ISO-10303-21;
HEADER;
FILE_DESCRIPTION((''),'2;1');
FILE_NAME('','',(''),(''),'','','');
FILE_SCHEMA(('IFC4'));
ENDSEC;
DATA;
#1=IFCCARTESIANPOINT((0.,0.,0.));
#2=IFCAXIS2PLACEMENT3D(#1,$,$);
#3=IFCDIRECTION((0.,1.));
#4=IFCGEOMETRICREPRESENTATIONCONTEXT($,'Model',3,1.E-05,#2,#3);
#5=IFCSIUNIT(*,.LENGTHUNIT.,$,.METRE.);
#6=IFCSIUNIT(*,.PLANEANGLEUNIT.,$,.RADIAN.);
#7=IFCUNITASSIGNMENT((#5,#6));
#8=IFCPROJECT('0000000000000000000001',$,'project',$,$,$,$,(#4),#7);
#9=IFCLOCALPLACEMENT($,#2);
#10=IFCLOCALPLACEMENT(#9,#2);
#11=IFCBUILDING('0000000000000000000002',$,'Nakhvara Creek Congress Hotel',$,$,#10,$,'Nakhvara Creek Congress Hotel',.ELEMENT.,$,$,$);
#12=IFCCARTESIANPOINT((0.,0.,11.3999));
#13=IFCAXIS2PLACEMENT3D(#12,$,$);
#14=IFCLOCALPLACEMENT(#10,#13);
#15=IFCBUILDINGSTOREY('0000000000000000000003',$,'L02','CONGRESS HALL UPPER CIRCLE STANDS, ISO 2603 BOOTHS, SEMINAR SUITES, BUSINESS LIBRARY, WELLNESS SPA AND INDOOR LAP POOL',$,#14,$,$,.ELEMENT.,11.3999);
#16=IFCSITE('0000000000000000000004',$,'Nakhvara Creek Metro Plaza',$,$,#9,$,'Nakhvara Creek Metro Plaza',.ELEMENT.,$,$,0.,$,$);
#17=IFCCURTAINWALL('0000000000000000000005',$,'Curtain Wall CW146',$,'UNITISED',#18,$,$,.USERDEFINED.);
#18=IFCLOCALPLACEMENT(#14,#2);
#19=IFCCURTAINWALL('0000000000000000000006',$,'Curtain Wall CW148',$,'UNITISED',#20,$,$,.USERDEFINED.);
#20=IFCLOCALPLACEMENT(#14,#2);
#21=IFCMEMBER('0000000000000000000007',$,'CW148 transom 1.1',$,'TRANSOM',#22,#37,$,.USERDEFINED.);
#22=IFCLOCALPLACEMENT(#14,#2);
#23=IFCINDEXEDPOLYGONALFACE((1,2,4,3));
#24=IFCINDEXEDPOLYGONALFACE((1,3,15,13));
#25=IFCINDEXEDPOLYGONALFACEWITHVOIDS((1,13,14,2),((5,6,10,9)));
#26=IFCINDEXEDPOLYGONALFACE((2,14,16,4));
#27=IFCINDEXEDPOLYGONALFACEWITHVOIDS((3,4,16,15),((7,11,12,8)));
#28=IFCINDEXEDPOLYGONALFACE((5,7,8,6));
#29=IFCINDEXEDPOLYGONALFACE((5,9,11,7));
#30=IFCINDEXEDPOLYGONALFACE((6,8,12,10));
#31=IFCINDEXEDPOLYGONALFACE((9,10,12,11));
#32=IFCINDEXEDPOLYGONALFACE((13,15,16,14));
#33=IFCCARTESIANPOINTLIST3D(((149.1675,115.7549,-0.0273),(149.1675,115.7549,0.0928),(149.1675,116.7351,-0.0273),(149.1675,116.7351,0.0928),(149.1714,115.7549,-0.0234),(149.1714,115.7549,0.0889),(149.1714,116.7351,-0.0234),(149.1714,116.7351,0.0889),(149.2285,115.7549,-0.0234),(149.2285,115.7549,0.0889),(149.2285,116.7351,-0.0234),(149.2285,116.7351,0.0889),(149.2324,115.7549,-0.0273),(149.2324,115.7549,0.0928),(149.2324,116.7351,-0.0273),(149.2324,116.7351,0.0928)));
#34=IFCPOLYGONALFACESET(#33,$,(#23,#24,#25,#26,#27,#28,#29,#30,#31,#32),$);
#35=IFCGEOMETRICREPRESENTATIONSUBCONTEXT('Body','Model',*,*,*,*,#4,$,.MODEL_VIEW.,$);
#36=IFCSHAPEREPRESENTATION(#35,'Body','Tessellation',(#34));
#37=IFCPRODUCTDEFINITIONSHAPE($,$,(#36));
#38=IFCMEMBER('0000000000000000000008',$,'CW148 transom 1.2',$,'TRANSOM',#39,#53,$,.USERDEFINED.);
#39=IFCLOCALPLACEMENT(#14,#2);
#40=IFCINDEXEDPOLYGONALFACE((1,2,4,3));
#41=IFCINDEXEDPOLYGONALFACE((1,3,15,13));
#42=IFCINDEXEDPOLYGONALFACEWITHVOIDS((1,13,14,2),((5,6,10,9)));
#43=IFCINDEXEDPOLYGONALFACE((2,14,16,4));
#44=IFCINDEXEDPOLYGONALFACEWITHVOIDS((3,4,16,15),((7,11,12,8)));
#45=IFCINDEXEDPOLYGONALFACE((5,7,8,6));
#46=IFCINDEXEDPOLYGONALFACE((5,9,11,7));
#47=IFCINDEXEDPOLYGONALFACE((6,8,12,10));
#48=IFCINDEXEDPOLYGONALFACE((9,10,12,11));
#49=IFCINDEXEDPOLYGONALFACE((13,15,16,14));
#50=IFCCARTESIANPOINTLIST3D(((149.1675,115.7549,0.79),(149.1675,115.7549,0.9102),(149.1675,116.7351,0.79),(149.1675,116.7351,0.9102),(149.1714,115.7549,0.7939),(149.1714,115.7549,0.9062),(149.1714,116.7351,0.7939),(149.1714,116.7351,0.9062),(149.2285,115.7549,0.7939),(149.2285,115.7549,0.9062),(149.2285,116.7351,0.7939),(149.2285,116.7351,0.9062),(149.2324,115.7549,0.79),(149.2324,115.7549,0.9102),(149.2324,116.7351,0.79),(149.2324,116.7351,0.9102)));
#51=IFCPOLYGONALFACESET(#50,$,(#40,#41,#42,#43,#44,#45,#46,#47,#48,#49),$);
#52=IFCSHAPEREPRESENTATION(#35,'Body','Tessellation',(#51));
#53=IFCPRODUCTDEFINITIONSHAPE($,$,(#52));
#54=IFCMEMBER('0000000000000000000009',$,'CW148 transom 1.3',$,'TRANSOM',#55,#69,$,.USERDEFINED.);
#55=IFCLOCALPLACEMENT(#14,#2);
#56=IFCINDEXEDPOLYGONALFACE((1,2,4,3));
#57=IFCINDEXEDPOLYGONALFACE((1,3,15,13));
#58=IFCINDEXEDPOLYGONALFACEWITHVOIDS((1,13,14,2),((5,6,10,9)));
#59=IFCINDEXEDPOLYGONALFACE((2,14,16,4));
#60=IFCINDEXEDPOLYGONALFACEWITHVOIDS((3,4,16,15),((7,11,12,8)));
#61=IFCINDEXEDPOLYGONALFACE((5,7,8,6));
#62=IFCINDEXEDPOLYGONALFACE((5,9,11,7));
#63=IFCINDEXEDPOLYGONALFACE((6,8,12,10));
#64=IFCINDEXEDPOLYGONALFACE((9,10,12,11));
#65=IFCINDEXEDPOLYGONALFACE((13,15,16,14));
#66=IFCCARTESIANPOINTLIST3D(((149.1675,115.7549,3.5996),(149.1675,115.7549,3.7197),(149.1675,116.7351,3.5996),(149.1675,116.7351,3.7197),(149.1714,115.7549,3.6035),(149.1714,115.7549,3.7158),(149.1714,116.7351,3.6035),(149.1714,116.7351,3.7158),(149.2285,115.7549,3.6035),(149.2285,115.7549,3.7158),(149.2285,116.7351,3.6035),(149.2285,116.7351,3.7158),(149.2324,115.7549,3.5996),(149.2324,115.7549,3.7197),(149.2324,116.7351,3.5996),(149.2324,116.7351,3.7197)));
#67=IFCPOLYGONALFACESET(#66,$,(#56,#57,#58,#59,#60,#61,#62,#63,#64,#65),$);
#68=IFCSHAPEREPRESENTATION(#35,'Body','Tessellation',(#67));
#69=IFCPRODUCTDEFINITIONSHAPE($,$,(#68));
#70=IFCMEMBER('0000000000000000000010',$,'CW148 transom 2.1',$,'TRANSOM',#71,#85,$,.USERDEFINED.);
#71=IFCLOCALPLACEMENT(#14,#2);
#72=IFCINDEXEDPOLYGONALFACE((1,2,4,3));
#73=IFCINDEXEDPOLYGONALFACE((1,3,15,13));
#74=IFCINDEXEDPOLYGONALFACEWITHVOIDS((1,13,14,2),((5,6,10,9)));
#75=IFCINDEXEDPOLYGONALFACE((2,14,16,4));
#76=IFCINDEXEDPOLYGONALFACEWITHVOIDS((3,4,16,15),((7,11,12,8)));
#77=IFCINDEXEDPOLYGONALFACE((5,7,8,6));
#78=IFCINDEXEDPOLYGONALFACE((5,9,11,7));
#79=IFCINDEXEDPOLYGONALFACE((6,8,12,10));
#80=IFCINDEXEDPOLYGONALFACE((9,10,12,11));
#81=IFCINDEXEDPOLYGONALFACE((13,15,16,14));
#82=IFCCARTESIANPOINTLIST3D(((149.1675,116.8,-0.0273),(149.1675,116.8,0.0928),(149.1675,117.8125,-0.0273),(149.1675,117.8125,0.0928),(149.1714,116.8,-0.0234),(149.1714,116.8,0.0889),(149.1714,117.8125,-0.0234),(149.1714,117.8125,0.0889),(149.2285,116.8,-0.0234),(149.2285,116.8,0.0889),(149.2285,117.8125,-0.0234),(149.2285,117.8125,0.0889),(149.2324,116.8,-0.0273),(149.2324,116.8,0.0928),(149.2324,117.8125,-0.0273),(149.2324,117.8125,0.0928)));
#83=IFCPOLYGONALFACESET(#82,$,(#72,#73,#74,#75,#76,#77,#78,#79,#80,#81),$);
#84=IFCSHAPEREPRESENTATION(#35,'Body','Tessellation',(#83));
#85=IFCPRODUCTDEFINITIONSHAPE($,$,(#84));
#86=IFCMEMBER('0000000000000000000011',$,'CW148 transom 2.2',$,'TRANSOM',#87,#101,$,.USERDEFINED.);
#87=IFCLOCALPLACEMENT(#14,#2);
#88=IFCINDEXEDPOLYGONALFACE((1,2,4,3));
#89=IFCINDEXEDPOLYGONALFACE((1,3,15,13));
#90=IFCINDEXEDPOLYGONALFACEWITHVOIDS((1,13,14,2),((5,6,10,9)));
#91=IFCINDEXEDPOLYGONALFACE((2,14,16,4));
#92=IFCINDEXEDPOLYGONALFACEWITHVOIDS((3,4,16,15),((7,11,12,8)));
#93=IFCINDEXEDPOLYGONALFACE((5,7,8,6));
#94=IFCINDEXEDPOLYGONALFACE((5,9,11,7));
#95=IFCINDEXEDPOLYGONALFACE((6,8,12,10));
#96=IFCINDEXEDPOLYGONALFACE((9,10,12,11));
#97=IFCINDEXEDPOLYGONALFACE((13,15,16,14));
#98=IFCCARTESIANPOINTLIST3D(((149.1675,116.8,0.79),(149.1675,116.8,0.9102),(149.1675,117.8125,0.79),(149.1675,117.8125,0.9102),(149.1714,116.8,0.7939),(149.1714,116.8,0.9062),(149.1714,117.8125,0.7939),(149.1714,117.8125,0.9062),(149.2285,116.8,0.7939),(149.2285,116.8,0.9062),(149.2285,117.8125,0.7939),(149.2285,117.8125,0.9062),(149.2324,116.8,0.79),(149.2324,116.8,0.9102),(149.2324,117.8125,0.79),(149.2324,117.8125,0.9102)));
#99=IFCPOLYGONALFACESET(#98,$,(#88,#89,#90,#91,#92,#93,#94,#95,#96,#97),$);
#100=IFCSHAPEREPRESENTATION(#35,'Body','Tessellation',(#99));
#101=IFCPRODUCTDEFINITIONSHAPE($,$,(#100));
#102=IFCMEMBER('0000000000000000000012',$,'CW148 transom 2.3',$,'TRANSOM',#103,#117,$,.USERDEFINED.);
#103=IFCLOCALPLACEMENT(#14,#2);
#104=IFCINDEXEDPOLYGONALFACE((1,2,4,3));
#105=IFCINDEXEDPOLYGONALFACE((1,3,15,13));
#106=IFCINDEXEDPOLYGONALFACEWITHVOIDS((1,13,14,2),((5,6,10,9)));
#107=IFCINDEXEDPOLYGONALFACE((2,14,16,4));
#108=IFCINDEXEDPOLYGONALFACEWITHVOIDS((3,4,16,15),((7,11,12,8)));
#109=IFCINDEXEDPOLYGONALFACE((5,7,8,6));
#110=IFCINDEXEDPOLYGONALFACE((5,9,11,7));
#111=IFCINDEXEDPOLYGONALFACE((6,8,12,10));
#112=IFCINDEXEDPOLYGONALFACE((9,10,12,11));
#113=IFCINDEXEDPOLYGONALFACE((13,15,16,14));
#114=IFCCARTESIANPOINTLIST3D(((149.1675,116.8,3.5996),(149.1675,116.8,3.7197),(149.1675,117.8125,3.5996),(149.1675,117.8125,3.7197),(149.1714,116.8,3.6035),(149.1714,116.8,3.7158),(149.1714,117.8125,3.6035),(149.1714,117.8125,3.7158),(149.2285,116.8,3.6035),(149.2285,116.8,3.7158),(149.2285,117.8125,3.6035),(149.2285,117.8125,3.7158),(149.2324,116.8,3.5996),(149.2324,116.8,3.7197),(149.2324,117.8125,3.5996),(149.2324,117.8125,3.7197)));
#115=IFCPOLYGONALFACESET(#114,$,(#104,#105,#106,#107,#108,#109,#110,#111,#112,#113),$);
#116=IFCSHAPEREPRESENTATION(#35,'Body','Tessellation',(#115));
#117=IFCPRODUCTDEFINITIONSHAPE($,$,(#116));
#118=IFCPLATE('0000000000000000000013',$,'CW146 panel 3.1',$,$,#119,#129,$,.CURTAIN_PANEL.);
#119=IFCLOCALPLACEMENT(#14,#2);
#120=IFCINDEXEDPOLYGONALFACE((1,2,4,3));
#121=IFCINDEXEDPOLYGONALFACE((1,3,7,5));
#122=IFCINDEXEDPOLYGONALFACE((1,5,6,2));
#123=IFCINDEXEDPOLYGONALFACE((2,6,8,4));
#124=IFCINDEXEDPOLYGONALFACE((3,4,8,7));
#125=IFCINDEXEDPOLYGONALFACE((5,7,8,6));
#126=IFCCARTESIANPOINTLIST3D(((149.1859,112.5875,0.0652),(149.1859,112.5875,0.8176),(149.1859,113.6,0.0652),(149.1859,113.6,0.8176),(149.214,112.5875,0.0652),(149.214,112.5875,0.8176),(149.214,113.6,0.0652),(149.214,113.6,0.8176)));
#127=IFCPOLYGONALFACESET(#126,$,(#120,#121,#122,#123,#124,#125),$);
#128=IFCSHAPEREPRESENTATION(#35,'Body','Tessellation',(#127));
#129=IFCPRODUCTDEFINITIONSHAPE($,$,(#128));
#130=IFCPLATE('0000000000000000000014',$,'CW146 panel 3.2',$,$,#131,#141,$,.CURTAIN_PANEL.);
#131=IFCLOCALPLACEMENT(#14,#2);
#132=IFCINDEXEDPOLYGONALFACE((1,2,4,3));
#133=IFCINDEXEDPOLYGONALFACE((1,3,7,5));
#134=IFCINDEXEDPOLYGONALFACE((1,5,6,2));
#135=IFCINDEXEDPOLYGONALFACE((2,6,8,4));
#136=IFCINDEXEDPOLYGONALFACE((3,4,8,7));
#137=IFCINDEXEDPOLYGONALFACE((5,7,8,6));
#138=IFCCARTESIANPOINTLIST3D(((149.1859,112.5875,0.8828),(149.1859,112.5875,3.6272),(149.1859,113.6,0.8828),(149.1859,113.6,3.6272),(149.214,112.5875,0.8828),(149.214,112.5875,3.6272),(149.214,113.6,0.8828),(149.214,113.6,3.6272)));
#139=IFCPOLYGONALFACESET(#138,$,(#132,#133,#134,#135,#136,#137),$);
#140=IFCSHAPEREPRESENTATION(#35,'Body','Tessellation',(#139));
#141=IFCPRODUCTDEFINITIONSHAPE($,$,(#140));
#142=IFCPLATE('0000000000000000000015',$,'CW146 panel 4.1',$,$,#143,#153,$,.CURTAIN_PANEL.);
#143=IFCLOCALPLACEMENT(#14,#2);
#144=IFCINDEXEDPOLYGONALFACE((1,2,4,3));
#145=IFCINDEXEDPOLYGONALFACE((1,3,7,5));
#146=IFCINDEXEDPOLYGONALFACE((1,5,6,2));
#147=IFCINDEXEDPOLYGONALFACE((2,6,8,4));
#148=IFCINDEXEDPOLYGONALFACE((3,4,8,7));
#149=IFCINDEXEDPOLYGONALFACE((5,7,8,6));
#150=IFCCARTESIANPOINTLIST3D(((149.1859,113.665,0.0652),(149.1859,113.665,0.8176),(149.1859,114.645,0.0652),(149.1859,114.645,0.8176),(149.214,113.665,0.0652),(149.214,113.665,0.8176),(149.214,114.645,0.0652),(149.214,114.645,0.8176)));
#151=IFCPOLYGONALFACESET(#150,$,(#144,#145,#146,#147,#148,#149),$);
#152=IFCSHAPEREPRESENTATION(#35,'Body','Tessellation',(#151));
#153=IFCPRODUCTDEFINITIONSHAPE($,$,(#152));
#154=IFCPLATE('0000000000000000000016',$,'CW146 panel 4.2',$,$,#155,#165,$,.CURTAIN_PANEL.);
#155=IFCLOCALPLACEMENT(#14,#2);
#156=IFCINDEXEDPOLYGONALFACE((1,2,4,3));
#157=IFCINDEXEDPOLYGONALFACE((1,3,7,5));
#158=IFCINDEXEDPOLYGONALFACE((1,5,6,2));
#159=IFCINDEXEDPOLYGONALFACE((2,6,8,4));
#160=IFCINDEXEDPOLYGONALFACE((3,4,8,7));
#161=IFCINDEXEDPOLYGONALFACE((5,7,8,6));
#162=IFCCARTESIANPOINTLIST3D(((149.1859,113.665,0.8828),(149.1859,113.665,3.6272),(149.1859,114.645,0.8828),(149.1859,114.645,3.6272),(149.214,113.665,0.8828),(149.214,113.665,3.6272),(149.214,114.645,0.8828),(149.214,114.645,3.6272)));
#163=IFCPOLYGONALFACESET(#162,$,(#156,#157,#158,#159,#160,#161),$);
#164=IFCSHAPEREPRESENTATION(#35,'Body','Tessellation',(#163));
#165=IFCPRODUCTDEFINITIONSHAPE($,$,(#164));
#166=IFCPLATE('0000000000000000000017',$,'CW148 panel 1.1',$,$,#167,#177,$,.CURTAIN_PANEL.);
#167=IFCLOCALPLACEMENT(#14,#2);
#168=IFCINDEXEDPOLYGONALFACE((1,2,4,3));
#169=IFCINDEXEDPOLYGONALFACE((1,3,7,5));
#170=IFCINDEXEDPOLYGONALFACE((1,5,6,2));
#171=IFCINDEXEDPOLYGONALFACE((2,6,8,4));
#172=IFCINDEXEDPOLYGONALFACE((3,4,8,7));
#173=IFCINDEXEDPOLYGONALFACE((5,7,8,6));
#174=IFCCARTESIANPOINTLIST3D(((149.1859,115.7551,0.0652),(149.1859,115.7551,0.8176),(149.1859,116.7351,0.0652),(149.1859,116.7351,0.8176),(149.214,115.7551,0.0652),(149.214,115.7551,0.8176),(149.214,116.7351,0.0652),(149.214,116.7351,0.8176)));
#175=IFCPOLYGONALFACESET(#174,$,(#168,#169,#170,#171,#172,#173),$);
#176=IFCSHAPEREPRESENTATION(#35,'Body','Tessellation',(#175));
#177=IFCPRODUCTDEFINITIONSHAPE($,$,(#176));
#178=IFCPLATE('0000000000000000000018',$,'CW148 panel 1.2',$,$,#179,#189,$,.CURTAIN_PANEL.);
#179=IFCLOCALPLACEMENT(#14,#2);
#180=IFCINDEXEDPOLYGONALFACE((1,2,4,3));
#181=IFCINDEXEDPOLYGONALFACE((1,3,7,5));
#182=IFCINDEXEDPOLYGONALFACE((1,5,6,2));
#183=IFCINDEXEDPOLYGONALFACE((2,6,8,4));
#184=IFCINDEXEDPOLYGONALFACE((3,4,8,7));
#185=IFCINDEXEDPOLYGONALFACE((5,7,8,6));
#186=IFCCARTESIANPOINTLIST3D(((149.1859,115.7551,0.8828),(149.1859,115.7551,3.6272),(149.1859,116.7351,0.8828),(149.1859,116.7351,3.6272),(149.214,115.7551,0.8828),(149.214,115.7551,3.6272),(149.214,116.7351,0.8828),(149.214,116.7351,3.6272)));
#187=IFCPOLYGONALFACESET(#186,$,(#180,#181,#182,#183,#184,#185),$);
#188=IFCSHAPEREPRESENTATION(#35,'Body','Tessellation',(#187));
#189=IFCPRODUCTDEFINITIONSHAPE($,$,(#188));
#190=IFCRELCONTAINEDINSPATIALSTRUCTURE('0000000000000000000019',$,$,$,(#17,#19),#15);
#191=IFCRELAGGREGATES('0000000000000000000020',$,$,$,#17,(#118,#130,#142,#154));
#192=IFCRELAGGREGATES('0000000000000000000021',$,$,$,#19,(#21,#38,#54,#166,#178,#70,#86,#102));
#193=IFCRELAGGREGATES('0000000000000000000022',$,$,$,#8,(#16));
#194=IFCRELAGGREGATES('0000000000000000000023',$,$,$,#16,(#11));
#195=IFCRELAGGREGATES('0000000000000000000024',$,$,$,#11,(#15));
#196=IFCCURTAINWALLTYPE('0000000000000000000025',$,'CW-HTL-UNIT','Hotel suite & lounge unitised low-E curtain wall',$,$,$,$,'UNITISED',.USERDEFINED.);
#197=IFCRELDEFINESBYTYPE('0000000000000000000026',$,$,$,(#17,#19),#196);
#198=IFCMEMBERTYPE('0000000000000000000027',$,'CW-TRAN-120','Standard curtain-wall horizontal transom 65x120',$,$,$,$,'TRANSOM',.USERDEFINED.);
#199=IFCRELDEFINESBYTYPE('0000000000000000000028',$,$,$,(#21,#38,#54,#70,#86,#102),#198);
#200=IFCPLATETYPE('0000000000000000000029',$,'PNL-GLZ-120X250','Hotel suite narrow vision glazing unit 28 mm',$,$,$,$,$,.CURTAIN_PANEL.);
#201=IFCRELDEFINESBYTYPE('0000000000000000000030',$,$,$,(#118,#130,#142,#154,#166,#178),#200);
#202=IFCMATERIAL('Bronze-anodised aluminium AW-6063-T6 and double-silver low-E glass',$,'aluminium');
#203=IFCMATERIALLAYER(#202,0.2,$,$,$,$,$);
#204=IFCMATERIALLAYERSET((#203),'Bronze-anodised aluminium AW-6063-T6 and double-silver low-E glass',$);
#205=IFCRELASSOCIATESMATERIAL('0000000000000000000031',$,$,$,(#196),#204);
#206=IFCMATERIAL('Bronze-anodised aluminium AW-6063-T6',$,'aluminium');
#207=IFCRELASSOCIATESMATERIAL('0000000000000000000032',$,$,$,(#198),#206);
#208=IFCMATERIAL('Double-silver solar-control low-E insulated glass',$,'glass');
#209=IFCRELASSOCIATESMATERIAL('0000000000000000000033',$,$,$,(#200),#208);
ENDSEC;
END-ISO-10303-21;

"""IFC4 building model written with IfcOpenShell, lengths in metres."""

from ifc_helpers import new_model, si_unit, direction, frame, origin, origin_2d, place, context, subcontext, project, spatial, rectangle, hollow_rectangle, extrude, material, layer, layer_set, material_profile, profile_set, type_object, element, aggregate, save


model = new_model("IFC4")

# Units and contexts
model_context = context("Model", 3, precision=1e-05, world=origin(), true_north=direction((0.0, 1.0)))
body_context = subcontext(model_context, "Body", "Model", "MODEL_VIEW")
ifc_project = project(units=[si_unit("LENGTHUNIT", "METRE"), si_unit("PLANEANGLEUNIT", "RADIAN")], contexts=[model_context])

# Site, building, storey
site_placement = place(None, origin())
site = spatial("IfcSite", under=ifc_project, at=site_placement, Name="Nakhvara Creek Metro Plaza", LongName="Nakhvara Creek Metro Plaza", CompositionType="ELEMENT", RefElevation=0.0)
building_placement = place(site_placement, origin())
building = spatial("IfcBuilding", under=site, at=building_placement, Name="Nakhvara Creek Congress Hotel", LongName="Nakhvara Creek Congress Hotel", CompositionType="ELEMENT")
storey_placement = place(building_placement, frame((0.0, 0.0, 11.3999)))
storey = spatial("IfcBuildingStorey", under=building, at=storey_placement, Name="L02", Description="CONGRESS HALL UPPER CIRCLE STANDS, ISO 2603 BOOTHS, SEMINAR SUITES, BUSINESS LIBRARY, WELLNESS SPA AND INDOOR LAP POOL", CompositionType="ELEMENT", Elevation=11.3999)

# Curtain walls
ifc_material_1 = material(Name="Bronze-anodised aluminium AW-6063-T6 and double-silver low-E glass", Category="aluminium")
ifc_layer = layer(ifc_material_1, 0.2)
ifc_layer_set = layer_set([ifc_layer], Name="Bronze-anodised aluminium AW-6063-T6 and double-silver low-E glass")
curtain_wall_type = type_object("IfcCurtainWallType", Name="CW-HTL-UNIT", Description="Hotel suite & lounge unitised low-E curtain wall", ElementType="UNITISED", PredefinedType="USERDEFINED", material=ifc_layer_set)
curtain_wall_1_placement = place(storey_placement, origin())
curtain_wall_1 = element("IfcCurtainWall", 1, at=curtain_wall_1_placement, inside=storey, type_object=curtain_wall_type, Name="Curtain Wall CW146", ObjectType="UNITISED", PredefinedType="USERDEFINED")
ifc_material_2 = material(Name="Bronze-anodised aluminium AW-6063-T6", Category="aluminium")
curtain_wall_2_placement = place(storey_placement, origin())
curtain_wall_2 = element("IfcCurtainWall", 2, at=curtain_wall_2_placement, inside=storey, type_object=curtain_wall_type, Name="Curtain Wall CW148", ObjectType="UNITISED", PredefinedType="USERDEFINED")

# Members
ifc_material_profile_1 = material_profile(ifc_material_2, hollow_rectangle(XDim=0.0649, YDim=0.1201, WallThickness=0.0039, at=origin_2d()), Name="ALU-TRAN 65x120x4", Category="LoadBearing")
ifc_profile_set_1 = profile_set([ifc_material_profile_1], Name="Bronze-anodised aluminium AW-6063-T6")
member_type_1 = type_object("IfcMemberType", Name="CW-TRAN-120", Description="Standard curtain-wall horizontal transom 65x120", ElementType="TRANSOM", PredefinedType="USERDEFINED", material=ifc_profile_set_1)
member_1_placement = place(storey_placement, frame((149.2, 115.7549, 0.0327), z_axis=(0.0, 1.0, 0.0), x_axis=(-1.0, 0.0, 0.0)))
member_1 = element("IfcMember", 3, at=member_1_placement, type_object=member_type_1, Name="CW148 transom 1.1", ObjectType="TRANSOM", PredefinedType="USERDEFINED", context=body_context, shape_type="SweptSolid", body=[
    extrude(hollow_rectangle(XDim=0.0649, YDim=0.1201, WallThickness=0.0039, at=origin_2d()), origin(), (0.0, 0.0, 1.0), 0.9802),
])
member_2_placement = place(storey_placement, frame((149.2, 115.7549, 0.8501), z_axis=(0.0, 1.0, 0.0), x_axis=(-1.0, 0.0, 0.0)))
member_2 = element("IfcMember", 4, at=member_2_placement, type_object=member_type_1, Name="CW148 transom 1.2", ObjectType="TRANSOM", PredefinedType="USERDEFINED", context=body_context, shape_type="SweptSolid", body=[
    extrude(hollow_rectangle(XDim=0.0649, YDim=0.1201, WallThickness=0.0039, at=origin_2d()), origin(), (0.0, 0.0, 1.0), 0.9802),
])
member_3_placement = place(storey_placement, frame((149.2, 115.7549, 3.6597), z_axis=(0.0, 1.0, 0.0), x_axis=(-1.0, 0.0, 0.0)))
member_3 = element("IfcMember", 5, at=member_3_placement, type_object=member_type_1, Name="CW148 transom 1.3", ObjectType="TRANSOM", PredefinedType="USERDEFINED", context=body_context, shape_type="SweptSolid", body=[
    extrude(hollow_rectangle(XDim=0.0649, YDim=0.1201, WallThickness=0.0039, at=origin_2d()), origin(), (0.0, 0.0, 1.0), 0.9802),
])
member_4_placement = place(storey_placement, frame((149.2, 116.8, 0.0327), z_axis=(0.0, 1.0, 0.0), x_axis=(-1.0, 0.0, 0.0)))
member_4 = element("IfcMember", 6, at=member_4_placement, type_object=member_type_1, Name="CW148 transom 2.1", ObjectType="TRANSOM", PredefinedType="USERDEFINED", context=body_context, shape_type="SweptSolid", body=[
    extrude(hollow_rectangle(XDim=0.0649, YDim=0.1201, WallThickness=0.0039, at=origin_2d()), origin(), (0.0, 0.0, 1.0), 1.0125),
])
member_5_placement = place(storey_placement, frame((149.2, 116.8, 0.8501), z_axis=(0.0, 1.0, 0.0), x_axis=(-1.0, 0.0, 0.0)))
member_5 = element("IfcMember", 7, at=member_5_placement, type_object=member_type_1, Name="CW148 transom 2.2", ObjectType="TRANSOM", PredefinedType="USERDEFINED", context=body_context, shape_type="SweptSolid", body=[
    extrude(hollow_rectangle(XDim=0.0649, YDim=0.1201, WallThickness=0.0039, at=origin_2d()), origin(), (0.0, 0.0, 1.0), 1.0125),
])
member_6_placement = place(storey_placement, frame((149.2, 116.8, 3.6597), z_axis=(0.0, 1.0, 0.0), x_axis=(-1.0, 0.0, 0.0)))
member_6 = element("IfcMember", 8, at=member_6_placement, type_object=member_type_1, Name="CW148 transom 2.3", ObjectType="TRANSOM", PredefinedType="USERDEFINED", context=body_context, shape_type="SweptSolid", body=[
    extrude(hollow_rectangle(XDim=0.0649, YDim=0.1201, WallThickness=0.0039, at=origin_2d()), origin(), (0.0, 0.0, 1.0), 1.0125),
])

# Plates
ifc_material_3 = material(Name="Double-silver solar-control low-E insulated glass", Category="glass")
plate_type = type_object("IfcPlateType", Name="PNL-GLZ-120X250", Description="Hotel suite narrow vision glazing unit 28 mm", PredefinedType="CURTAIN_PANEL", material=ifc_material_3)
plate_1_placement = place(storey_placement, frame((149.2, 113.0938, 0.0652), z_axis=(0.0, 0.0, 1.0), x_axis=(0.0, 1.0, 0.0)))
plate_1 = element("IfcPlate", 9, at=plate_1_placement, type_object=plate_type, Name="CW146 panel 3.1", PredefinedType="CURTAIN_PANEL", context=body_context, shape_type="SweptSolid", body=[
    extrude(rectangle(XDim=1.0125, YDim=0.0281, at=origin_2d()), origin(), (0.0, 0.0, 1.0), 0.7524),
])
plate_2_placement = place(storey_placement, frame((149.2, 113.0938, 0.8828), z_axis=(0.0, 0.0, 1.0), x_axis=(0.0, 1.0, 0.0)))
plate_2 = element("IfcPlate", 10, at=plate_2_placement, type_object=plate_type, Name="CW146 panel 3.2", PredefinedType="CURTAIN_PANEL", context=body_context, shape_type="SweptSolid", body=[
    extrude(rectangle(XDim=1.0125, YDim=0.0281, at=origin_2d()), origin(), (0.0, 0.0, 1.0), 2.7444),
])
plate_3_placement = place(storey_placement, frame((149.2, 114.155, 0.0652), z_axis=(0.0, 0.0, 1.0), x_axis=(0.0, 1.0, 0.0)))
plate_3 = element("IfcPlate", 11, at=plate_3_placement, type_object=plate_type, Name="CW146 panel 4.1", PredefinedType="CURTAIN_PANEL", context=body_context, shape_type="SweptSolid", body=[
    extrude(rectangle(XDim=0.98, YDim=0.0281, at=origin_2d()), origin(), (0.0, 0.0, 1.0), 0.7524),
])
plate_4_placement = place(storey_placement, frame((149.2, 114.155, 0.8828), z_axis=(0.0, 0.0, 1.0), x_axis=(0.0, 1.0, 0.0)))
plate_4 = element("IfcPlate", 12, at=plate_4_placement, type_object=plate_type, Name="CW146 panel 4.2", PredefinedType="CURTAIN_PANEL", context=body_context, shape_type="SweptSolid", body=[
    extrude(rectangle(XDim=0.98, YDim=0.0281, at=origin_2d()), origin(), (0.0, 0.0, 1.0), 2.7444),
])
aggregate(curtain_wall_1, [plate_1, plate_2, plate_3, plate_4])
plate_5_placement = place(storey_placement, frame((149.2, 116.2451, 0.0652), z_axis=(0.0, 0.0, 1.0), x_axis=(0.0, 1.0, 0.0)))
plate_5 = element("IfcPlate", 13, at=plate_5_placement, type_object=plate_type, Name="CW148 panel 1.1", PredefinedType="CURTAIN_PANEL", context=body_context, shape_type="SweptSolid", body=[
    extrude(rectangle(XDim=0.98, YDim=0.0281, at=origin_2d()), origin(), (0.0, 0.0, 1.0), 0.7524),
])
plate_6_placement = place(storey_placement, frame((149.2, 116.2451, 0.8828), z_axis=(0.0, 0.0, 1.0), x_axis=(0.0, 1.0, 0.0)))
plate_6 = element("IfcPlate", 14, at=plate_6_placement, type_object=plate_type, Name="CW148 panel 1.2", PredefinedType="CURTAIN_PANEL", context=body_context, shape_type="SweptSolid", body=[
    extrude(rectangle(XDim=0.98, YDim=0.0281, at=origin_2d()), origin(), (0.0, 0.0, 1.0), 2.7444),
])
aggregate(curtain_wall_2, [member_1, member_2, member_3, plate_5, plate_6, member_4, member_5, member_6])

save(model, "model.ifc")
